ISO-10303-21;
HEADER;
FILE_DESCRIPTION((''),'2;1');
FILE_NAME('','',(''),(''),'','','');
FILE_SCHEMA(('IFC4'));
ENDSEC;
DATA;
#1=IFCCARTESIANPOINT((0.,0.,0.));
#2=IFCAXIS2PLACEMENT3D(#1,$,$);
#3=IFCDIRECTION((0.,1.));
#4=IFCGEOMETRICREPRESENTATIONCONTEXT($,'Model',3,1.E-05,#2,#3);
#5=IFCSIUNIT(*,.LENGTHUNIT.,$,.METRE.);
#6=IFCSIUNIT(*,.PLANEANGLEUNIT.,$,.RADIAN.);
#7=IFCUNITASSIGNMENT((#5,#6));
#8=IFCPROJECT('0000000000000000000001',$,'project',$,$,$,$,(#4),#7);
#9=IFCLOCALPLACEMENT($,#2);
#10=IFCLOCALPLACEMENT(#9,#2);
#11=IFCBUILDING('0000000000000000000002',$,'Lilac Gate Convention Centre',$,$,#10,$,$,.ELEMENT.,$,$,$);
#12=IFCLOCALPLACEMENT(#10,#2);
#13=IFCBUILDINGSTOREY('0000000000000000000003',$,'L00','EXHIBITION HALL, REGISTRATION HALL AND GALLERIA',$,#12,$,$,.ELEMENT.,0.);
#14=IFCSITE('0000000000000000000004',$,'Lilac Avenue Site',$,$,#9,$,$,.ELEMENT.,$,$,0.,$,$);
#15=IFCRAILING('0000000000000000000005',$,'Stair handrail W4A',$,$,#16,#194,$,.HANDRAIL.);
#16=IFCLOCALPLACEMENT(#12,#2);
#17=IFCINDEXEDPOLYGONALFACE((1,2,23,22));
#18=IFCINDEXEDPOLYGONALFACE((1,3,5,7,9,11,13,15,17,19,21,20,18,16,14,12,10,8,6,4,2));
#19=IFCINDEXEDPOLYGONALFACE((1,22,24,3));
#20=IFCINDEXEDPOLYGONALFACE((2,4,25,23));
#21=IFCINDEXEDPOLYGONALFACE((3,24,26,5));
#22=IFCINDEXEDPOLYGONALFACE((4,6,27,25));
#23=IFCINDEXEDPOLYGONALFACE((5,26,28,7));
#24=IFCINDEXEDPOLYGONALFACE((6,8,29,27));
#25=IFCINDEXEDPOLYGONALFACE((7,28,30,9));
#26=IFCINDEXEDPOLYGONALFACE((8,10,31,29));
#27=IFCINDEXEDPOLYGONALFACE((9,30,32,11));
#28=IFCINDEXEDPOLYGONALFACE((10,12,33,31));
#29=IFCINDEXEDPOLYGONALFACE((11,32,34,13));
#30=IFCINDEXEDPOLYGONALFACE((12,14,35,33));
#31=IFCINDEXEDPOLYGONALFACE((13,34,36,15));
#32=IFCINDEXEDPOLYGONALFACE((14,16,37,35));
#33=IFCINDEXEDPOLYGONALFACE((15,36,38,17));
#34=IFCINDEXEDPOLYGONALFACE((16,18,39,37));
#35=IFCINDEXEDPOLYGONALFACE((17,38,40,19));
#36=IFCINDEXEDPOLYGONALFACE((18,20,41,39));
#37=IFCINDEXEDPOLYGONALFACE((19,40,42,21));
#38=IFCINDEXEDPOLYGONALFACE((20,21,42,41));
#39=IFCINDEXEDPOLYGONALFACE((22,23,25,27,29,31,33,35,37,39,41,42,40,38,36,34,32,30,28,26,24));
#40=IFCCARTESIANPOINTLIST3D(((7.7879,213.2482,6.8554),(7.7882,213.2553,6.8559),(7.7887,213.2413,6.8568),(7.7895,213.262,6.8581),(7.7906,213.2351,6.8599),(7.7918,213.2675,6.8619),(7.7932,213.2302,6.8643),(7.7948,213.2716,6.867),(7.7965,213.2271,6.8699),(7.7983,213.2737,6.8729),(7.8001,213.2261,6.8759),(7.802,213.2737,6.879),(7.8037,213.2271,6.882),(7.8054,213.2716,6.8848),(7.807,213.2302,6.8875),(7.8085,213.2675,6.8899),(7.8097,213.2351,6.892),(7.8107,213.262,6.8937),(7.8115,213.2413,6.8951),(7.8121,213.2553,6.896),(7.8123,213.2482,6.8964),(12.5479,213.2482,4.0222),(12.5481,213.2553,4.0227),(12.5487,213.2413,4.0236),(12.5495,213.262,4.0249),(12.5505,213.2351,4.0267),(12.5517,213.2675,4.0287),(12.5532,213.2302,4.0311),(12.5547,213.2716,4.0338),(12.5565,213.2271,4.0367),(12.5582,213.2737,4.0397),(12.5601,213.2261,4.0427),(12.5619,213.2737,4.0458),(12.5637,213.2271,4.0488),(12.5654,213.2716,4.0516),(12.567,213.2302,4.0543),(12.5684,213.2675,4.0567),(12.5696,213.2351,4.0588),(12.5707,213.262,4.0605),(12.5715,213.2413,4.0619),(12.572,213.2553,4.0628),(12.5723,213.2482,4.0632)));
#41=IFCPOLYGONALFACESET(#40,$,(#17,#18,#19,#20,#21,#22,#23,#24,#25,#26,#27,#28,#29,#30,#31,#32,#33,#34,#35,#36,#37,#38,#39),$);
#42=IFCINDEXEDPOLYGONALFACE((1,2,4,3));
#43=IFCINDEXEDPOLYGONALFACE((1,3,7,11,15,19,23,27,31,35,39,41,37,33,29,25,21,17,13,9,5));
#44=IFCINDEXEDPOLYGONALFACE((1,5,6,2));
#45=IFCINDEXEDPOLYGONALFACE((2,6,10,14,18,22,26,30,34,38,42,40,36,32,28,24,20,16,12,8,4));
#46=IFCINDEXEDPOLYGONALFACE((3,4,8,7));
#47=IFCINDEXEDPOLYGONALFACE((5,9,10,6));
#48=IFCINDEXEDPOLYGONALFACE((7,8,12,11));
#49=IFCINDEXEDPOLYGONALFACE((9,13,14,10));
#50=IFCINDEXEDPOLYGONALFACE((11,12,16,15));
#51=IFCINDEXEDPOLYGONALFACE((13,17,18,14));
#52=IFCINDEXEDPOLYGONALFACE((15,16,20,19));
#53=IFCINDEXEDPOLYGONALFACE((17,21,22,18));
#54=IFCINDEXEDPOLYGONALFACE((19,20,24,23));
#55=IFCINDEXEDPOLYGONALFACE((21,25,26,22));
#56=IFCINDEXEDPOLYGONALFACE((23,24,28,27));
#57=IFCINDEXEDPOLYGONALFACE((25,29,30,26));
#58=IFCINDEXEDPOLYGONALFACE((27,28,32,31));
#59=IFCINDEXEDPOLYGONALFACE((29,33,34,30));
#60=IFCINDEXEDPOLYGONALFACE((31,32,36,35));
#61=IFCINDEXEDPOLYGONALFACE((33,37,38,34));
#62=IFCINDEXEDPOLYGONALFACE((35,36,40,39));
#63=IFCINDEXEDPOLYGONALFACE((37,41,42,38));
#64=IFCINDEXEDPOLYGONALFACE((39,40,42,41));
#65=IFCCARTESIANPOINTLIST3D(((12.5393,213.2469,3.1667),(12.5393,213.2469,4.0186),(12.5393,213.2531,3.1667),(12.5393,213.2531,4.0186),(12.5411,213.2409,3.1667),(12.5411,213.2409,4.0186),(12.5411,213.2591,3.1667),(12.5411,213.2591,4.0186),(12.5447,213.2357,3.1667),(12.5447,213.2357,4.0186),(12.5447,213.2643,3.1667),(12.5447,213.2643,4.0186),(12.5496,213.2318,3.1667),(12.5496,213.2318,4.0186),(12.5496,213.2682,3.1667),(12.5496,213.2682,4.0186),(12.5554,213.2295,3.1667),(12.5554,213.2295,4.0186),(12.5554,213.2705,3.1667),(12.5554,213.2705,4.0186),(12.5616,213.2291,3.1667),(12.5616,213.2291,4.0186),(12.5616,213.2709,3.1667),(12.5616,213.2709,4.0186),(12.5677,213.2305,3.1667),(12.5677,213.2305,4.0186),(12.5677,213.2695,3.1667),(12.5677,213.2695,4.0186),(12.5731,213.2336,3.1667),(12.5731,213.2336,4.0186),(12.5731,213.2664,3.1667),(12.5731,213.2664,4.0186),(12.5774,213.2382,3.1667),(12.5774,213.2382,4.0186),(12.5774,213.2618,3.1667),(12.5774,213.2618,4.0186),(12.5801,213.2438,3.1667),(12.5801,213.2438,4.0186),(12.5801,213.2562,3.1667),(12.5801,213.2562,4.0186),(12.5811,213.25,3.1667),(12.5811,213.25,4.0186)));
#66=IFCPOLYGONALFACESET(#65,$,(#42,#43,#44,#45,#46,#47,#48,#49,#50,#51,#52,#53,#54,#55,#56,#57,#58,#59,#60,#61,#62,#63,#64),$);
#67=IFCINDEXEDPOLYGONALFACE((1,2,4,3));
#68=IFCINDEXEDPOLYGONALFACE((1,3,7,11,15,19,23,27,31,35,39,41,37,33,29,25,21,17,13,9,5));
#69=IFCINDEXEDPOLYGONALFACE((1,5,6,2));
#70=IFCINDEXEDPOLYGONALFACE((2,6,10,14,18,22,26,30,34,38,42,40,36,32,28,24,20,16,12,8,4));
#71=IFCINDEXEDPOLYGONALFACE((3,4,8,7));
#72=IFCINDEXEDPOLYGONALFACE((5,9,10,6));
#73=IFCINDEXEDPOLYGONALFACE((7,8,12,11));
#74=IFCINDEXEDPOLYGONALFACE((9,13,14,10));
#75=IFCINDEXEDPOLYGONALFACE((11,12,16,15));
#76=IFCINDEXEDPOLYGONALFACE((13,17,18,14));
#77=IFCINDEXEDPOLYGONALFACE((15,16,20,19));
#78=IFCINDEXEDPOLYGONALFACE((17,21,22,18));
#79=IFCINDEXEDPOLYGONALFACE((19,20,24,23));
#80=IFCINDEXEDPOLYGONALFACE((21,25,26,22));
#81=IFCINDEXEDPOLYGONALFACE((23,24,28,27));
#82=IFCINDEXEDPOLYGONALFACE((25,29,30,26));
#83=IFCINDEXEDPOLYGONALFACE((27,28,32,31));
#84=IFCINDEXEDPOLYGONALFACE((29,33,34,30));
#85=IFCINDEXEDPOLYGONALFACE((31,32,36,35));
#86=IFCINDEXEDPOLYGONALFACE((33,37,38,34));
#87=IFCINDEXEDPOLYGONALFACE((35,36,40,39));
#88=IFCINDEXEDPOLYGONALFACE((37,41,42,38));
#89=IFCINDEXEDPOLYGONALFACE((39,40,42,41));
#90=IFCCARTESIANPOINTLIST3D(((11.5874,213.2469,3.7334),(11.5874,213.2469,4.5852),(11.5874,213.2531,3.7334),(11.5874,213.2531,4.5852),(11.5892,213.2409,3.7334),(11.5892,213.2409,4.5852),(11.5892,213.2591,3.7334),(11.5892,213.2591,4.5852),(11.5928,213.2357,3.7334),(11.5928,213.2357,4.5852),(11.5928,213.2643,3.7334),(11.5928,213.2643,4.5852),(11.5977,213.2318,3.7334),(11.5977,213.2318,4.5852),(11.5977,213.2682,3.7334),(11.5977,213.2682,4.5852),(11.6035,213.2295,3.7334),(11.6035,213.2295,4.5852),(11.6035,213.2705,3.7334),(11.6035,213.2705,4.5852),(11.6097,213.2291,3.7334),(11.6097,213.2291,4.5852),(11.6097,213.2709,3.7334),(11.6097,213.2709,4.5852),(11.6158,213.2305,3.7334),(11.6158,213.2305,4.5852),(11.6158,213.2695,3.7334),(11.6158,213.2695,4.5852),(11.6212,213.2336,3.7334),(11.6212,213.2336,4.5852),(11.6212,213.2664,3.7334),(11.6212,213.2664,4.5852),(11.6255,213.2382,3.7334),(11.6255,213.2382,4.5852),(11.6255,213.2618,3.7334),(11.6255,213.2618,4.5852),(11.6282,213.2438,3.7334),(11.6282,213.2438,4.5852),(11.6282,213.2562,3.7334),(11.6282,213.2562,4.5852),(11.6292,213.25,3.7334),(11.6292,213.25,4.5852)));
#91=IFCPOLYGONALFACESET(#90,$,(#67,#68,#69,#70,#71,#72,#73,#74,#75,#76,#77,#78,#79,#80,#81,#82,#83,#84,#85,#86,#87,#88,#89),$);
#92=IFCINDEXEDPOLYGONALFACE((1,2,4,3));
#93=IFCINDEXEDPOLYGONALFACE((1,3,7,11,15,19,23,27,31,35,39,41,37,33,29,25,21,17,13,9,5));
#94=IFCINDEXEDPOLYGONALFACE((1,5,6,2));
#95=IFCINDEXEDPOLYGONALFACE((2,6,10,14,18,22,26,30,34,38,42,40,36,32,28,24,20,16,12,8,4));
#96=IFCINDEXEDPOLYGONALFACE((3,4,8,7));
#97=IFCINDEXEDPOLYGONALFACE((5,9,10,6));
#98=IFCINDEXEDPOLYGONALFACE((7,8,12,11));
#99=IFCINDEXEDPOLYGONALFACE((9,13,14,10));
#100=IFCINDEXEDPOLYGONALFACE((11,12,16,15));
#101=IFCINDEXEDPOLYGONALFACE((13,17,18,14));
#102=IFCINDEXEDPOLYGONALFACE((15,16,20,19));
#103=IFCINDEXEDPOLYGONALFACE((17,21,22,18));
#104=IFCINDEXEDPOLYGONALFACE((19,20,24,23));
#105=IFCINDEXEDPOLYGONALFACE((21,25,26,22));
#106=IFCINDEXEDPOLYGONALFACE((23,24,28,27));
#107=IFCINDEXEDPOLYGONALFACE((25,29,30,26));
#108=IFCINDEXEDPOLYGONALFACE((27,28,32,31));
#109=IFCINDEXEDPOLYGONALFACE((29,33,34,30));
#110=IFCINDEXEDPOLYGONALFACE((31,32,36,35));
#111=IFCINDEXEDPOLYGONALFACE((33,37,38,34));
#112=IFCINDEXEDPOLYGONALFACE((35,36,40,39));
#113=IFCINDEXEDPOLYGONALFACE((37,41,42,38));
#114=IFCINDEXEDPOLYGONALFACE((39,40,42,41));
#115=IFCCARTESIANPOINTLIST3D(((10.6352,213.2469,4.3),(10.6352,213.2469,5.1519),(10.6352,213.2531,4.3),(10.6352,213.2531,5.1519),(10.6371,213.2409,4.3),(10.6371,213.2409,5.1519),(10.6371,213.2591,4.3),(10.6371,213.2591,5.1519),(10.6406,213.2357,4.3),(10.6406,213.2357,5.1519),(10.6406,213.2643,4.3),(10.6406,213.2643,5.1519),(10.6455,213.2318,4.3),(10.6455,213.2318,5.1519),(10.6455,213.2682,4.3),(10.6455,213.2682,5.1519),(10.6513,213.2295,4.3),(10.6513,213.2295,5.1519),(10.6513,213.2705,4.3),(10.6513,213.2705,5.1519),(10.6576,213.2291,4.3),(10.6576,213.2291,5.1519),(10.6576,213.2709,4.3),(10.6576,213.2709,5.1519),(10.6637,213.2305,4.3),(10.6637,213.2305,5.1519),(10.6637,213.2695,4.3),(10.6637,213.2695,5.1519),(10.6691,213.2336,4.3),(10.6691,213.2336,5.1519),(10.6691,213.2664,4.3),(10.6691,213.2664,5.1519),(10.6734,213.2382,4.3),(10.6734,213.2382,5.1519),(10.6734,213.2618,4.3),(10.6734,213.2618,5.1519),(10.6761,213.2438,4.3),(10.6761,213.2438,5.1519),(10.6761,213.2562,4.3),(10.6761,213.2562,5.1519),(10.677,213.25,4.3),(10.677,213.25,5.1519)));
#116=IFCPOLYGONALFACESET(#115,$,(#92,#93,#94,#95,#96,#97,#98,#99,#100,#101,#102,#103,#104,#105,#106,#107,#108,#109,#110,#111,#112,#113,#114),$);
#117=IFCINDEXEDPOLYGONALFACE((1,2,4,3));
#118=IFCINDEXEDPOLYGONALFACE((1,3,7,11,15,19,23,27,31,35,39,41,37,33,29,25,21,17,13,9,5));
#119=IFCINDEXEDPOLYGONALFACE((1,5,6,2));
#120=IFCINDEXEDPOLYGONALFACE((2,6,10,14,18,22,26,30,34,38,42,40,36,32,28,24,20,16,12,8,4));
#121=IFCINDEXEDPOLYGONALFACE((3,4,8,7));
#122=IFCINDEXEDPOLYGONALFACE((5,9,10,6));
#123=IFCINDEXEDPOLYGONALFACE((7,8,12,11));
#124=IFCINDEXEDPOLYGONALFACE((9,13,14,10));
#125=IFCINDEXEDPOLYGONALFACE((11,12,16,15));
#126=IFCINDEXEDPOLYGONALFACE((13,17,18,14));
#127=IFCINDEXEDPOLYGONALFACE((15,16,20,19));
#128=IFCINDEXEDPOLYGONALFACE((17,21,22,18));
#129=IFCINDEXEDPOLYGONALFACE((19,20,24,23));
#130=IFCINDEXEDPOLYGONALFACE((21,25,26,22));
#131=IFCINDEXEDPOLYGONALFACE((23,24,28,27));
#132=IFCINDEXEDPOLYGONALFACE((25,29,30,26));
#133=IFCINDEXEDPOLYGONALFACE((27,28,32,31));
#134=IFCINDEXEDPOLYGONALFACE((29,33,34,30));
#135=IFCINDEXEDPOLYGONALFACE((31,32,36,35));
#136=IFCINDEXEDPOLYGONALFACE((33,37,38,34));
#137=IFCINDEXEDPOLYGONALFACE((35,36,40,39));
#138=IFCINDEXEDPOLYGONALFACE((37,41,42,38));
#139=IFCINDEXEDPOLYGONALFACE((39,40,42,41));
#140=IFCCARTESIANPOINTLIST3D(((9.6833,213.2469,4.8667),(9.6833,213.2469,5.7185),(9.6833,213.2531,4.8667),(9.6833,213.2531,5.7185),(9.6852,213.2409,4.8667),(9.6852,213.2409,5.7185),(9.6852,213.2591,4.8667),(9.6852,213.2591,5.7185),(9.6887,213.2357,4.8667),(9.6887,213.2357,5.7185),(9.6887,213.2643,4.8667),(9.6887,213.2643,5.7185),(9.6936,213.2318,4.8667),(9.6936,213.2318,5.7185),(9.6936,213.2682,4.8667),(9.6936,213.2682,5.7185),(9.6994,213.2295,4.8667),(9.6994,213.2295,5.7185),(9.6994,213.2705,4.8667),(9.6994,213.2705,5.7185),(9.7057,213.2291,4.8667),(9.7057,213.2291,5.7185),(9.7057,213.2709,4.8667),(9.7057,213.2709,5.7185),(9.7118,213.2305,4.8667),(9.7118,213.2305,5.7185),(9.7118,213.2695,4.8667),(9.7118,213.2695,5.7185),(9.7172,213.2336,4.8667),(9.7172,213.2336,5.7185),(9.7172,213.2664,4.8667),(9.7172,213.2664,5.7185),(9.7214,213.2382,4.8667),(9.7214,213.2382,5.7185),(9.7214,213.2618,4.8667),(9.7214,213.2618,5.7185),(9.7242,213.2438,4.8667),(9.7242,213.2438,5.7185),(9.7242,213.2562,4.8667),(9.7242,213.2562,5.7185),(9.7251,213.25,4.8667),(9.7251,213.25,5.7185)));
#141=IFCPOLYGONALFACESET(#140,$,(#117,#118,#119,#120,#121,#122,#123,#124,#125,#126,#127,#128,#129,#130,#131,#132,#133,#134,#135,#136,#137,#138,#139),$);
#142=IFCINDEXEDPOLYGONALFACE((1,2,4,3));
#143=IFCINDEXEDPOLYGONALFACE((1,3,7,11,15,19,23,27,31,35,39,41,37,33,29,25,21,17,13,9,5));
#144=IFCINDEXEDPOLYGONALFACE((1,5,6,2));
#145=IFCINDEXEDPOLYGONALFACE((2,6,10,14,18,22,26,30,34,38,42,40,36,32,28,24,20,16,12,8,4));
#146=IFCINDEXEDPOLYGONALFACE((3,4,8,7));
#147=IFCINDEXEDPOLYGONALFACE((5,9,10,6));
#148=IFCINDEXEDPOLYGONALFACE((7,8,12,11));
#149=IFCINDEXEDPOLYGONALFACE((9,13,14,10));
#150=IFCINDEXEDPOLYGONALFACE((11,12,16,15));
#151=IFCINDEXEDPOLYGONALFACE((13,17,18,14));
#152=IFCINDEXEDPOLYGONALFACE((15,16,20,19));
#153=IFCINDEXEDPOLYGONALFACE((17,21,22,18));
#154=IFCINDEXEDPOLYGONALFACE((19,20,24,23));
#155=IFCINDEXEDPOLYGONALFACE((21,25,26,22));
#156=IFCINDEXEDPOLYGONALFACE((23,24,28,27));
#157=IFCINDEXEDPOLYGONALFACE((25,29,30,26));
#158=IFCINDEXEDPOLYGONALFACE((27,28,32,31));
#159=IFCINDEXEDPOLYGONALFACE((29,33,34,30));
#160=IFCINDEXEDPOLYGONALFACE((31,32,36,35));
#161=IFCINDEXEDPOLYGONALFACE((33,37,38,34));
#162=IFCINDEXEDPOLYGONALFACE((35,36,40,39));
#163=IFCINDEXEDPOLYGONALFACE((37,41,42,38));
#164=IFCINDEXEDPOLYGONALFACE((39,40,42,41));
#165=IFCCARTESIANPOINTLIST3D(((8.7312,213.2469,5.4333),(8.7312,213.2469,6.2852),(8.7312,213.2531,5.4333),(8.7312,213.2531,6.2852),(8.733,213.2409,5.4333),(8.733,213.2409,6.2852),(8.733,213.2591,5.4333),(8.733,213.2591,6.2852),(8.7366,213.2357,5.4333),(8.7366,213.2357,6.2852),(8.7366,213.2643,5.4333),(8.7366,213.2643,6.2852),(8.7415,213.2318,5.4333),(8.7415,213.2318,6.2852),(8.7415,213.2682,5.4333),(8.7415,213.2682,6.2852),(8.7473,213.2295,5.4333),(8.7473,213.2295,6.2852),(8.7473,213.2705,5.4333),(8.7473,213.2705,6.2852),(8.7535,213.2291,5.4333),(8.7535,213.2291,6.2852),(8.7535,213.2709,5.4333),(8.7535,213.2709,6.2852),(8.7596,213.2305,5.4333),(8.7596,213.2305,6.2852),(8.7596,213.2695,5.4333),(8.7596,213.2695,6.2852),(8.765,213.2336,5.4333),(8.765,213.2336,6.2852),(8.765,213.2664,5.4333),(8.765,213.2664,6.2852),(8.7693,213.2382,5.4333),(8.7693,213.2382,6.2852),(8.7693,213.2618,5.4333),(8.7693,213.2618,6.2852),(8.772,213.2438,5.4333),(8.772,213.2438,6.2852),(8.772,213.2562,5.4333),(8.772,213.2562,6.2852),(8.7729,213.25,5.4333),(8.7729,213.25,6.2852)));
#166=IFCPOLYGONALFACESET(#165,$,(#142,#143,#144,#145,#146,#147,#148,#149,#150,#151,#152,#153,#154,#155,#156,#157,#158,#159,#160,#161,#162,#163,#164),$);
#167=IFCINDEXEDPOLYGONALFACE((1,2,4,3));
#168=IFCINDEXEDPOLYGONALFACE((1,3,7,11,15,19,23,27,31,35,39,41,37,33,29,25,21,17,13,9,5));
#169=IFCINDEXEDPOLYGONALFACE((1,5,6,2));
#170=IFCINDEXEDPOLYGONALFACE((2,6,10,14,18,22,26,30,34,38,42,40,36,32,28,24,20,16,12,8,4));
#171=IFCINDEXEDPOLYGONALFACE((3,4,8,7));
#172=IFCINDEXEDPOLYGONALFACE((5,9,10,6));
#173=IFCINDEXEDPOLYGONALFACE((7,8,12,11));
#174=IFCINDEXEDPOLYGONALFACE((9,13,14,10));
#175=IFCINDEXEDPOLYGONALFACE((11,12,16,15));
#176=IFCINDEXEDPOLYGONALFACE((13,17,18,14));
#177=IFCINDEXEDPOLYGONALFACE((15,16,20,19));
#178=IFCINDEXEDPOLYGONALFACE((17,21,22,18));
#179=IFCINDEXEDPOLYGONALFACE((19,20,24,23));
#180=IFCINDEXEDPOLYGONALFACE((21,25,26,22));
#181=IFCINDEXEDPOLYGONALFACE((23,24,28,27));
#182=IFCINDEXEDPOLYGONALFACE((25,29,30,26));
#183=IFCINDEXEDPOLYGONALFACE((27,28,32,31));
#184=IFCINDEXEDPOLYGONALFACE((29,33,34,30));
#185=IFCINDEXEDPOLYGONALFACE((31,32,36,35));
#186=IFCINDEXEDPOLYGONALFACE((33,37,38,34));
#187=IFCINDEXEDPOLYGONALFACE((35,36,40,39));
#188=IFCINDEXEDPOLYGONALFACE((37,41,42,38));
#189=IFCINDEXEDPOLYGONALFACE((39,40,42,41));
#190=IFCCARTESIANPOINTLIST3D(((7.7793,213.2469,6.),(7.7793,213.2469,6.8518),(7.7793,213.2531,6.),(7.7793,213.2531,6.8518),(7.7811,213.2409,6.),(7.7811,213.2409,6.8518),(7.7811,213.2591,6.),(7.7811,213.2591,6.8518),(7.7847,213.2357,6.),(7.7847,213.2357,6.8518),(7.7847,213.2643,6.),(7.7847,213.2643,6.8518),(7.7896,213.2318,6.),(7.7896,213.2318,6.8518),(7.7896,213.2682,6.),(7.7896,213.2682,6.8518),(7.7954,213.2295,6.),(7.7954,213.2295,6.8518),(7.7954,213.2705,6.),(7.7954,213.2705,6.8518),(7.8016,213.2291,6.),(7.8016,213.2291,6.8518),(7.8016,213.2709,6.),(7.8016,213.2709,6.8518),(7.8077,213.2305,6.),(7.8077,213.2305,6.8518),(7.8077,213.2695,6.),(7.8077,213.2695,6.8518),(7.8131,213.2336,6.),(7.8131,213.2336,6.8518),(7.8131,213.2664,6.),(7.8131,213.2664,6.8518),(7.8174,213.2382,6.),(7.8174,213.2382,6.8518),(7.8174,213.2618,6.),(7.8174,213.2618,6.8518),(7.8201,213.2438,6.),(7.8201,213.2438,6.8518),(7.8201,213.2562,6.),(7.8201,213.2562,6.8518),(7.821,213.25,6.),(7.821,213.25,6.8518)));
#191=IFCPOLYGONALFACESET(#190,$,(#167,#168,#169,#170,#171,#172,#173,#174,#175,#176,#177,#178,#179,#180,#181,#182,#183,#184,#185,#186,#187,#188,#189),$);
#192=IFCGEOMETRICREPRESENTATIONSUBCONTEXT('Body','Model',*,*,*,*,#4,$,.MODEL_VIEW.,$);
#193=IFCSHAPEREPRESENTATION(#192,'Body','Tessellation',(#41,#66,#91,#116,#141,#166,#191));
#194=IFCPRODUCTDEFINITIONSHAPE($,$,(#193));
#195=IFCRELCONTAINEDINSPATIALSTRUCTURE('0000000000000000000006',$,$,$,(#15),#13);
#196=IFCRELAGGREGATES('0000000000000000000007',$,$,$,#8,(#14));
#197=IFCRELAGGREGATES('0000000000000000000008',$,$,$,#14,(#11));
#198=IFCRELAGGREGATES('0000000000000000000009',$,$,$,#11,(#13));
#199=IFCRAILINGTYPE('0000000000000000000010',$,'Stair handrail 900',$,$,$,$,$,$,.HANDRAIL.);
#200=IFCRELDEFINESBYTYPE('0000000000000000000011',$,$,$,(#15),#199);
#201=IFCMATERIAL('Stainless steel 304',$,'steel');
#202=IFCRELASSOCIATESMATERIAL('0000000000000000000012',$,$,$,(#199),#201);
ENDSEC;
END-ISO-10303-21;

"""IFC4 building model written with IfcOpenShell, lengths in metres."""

from ifc_helpers import new_model, si_unit, direction, frame, origin, origin_2d, place, context, subcontext, project, spatial, circle, extrude, material, type_object, element, save


model = new_model("IFC4")

# Units and contexts
model_context = context("Model", 3, precision=1e-05, world=origin(), true_north=direction((0.0, 1.0)))
body_context = subcontext(model_context, "Body", "Model", "MODEL_VIEW")
ifc_project = project(units=[si_unit("LENGTHUNIT", "METRE"), si_unit("PLANEANGLEUNIT", "RADIAN")], contexts=[model_context])

# Site, building, storey
site_placement = place(None, origin())
site = spatial("IfcSite", under=ifc_project, at=site_placement, Name="Lilac Avenue Site", CompositionType="ELEMENT", RefElevation=0.0)
building_placement = place(site_placement, origin())
building = spatial("IfcBuilding", under=site, at=building_placement, Name="Lilac Gate Convention Centre", CompositionType="ELEMENT")
storey_placement = place(building_placement, origin())
storey = spatial("IfcBuildingStorey", under=building, at=storey_placement, Name="L00", Description="EXHIBITION HALL, REGISTRATION HALL AND GALLERIA", CompositionType="ELEMENT", Elevation=0.0)

# Railing
ifc_material_1 = material(Name="Stainless steel 304", Category="steel")
railing_type = type_object("IfcRailingType", Name="Stair handrail 900", PredefinedType="HANDRAIL", material=ifc_material_1)
railing_1_placement = place(storey_placement, frame((12.5601, 213.25, 3.1667)))
element("IfcRailing", 1, at=railing_1_placement, inside=storey, type_object=railing_type, Name="Stair handrail W4A", PredefinedType="HANDRAIL", context=body_context, shape_type="SweptSolid", body=[
    extrude(circle(Radius=0.0239, at=origin_2d()), frame((0.0, 0.0, 0.876), z_axis=(-0.8593, 0.0, 0.511472), x_axis=(0.0, -1.0, 0.0)), (0.0, 0.0, 1.0), 5.5393),
    extrude(circle(Radius=0.021, at=origin_2d()), origin(), (0.0, 0.0, 1.0), 0.8518),
    extrude(circle(Radius=0.021, at=origin_2d()), frame((-0.9519, 0.0, 0.5667)), (0.0, 0.0, 1.0), 0.8518),
    extrude(circle(Radius=0.021, at=origin_2d()), frame((-1.9041, 0.0, 1.1333)), (0.0, 0.0, 1.0), 0.8518),
    extrude(circle(Radius=0.021, at=origin_2d()), frame((-2.856, 0.0, 1.7)), (0.0, 0.0, 1.0), 0.8518),
    extrude(circle(Radius=0.021, at=origin_2d()), frame((-3.8081, 0.0, 2.2666)), (0.0, 0.0, 1.0), 0.8518),
    extrude(circle(Radius=0.021, at=origin_2d()), frame((-4.76, 0.0, 2.8333)), (0.0, 0.0, 1.0), 0.8518),
])

save(model, "model.ifc")
